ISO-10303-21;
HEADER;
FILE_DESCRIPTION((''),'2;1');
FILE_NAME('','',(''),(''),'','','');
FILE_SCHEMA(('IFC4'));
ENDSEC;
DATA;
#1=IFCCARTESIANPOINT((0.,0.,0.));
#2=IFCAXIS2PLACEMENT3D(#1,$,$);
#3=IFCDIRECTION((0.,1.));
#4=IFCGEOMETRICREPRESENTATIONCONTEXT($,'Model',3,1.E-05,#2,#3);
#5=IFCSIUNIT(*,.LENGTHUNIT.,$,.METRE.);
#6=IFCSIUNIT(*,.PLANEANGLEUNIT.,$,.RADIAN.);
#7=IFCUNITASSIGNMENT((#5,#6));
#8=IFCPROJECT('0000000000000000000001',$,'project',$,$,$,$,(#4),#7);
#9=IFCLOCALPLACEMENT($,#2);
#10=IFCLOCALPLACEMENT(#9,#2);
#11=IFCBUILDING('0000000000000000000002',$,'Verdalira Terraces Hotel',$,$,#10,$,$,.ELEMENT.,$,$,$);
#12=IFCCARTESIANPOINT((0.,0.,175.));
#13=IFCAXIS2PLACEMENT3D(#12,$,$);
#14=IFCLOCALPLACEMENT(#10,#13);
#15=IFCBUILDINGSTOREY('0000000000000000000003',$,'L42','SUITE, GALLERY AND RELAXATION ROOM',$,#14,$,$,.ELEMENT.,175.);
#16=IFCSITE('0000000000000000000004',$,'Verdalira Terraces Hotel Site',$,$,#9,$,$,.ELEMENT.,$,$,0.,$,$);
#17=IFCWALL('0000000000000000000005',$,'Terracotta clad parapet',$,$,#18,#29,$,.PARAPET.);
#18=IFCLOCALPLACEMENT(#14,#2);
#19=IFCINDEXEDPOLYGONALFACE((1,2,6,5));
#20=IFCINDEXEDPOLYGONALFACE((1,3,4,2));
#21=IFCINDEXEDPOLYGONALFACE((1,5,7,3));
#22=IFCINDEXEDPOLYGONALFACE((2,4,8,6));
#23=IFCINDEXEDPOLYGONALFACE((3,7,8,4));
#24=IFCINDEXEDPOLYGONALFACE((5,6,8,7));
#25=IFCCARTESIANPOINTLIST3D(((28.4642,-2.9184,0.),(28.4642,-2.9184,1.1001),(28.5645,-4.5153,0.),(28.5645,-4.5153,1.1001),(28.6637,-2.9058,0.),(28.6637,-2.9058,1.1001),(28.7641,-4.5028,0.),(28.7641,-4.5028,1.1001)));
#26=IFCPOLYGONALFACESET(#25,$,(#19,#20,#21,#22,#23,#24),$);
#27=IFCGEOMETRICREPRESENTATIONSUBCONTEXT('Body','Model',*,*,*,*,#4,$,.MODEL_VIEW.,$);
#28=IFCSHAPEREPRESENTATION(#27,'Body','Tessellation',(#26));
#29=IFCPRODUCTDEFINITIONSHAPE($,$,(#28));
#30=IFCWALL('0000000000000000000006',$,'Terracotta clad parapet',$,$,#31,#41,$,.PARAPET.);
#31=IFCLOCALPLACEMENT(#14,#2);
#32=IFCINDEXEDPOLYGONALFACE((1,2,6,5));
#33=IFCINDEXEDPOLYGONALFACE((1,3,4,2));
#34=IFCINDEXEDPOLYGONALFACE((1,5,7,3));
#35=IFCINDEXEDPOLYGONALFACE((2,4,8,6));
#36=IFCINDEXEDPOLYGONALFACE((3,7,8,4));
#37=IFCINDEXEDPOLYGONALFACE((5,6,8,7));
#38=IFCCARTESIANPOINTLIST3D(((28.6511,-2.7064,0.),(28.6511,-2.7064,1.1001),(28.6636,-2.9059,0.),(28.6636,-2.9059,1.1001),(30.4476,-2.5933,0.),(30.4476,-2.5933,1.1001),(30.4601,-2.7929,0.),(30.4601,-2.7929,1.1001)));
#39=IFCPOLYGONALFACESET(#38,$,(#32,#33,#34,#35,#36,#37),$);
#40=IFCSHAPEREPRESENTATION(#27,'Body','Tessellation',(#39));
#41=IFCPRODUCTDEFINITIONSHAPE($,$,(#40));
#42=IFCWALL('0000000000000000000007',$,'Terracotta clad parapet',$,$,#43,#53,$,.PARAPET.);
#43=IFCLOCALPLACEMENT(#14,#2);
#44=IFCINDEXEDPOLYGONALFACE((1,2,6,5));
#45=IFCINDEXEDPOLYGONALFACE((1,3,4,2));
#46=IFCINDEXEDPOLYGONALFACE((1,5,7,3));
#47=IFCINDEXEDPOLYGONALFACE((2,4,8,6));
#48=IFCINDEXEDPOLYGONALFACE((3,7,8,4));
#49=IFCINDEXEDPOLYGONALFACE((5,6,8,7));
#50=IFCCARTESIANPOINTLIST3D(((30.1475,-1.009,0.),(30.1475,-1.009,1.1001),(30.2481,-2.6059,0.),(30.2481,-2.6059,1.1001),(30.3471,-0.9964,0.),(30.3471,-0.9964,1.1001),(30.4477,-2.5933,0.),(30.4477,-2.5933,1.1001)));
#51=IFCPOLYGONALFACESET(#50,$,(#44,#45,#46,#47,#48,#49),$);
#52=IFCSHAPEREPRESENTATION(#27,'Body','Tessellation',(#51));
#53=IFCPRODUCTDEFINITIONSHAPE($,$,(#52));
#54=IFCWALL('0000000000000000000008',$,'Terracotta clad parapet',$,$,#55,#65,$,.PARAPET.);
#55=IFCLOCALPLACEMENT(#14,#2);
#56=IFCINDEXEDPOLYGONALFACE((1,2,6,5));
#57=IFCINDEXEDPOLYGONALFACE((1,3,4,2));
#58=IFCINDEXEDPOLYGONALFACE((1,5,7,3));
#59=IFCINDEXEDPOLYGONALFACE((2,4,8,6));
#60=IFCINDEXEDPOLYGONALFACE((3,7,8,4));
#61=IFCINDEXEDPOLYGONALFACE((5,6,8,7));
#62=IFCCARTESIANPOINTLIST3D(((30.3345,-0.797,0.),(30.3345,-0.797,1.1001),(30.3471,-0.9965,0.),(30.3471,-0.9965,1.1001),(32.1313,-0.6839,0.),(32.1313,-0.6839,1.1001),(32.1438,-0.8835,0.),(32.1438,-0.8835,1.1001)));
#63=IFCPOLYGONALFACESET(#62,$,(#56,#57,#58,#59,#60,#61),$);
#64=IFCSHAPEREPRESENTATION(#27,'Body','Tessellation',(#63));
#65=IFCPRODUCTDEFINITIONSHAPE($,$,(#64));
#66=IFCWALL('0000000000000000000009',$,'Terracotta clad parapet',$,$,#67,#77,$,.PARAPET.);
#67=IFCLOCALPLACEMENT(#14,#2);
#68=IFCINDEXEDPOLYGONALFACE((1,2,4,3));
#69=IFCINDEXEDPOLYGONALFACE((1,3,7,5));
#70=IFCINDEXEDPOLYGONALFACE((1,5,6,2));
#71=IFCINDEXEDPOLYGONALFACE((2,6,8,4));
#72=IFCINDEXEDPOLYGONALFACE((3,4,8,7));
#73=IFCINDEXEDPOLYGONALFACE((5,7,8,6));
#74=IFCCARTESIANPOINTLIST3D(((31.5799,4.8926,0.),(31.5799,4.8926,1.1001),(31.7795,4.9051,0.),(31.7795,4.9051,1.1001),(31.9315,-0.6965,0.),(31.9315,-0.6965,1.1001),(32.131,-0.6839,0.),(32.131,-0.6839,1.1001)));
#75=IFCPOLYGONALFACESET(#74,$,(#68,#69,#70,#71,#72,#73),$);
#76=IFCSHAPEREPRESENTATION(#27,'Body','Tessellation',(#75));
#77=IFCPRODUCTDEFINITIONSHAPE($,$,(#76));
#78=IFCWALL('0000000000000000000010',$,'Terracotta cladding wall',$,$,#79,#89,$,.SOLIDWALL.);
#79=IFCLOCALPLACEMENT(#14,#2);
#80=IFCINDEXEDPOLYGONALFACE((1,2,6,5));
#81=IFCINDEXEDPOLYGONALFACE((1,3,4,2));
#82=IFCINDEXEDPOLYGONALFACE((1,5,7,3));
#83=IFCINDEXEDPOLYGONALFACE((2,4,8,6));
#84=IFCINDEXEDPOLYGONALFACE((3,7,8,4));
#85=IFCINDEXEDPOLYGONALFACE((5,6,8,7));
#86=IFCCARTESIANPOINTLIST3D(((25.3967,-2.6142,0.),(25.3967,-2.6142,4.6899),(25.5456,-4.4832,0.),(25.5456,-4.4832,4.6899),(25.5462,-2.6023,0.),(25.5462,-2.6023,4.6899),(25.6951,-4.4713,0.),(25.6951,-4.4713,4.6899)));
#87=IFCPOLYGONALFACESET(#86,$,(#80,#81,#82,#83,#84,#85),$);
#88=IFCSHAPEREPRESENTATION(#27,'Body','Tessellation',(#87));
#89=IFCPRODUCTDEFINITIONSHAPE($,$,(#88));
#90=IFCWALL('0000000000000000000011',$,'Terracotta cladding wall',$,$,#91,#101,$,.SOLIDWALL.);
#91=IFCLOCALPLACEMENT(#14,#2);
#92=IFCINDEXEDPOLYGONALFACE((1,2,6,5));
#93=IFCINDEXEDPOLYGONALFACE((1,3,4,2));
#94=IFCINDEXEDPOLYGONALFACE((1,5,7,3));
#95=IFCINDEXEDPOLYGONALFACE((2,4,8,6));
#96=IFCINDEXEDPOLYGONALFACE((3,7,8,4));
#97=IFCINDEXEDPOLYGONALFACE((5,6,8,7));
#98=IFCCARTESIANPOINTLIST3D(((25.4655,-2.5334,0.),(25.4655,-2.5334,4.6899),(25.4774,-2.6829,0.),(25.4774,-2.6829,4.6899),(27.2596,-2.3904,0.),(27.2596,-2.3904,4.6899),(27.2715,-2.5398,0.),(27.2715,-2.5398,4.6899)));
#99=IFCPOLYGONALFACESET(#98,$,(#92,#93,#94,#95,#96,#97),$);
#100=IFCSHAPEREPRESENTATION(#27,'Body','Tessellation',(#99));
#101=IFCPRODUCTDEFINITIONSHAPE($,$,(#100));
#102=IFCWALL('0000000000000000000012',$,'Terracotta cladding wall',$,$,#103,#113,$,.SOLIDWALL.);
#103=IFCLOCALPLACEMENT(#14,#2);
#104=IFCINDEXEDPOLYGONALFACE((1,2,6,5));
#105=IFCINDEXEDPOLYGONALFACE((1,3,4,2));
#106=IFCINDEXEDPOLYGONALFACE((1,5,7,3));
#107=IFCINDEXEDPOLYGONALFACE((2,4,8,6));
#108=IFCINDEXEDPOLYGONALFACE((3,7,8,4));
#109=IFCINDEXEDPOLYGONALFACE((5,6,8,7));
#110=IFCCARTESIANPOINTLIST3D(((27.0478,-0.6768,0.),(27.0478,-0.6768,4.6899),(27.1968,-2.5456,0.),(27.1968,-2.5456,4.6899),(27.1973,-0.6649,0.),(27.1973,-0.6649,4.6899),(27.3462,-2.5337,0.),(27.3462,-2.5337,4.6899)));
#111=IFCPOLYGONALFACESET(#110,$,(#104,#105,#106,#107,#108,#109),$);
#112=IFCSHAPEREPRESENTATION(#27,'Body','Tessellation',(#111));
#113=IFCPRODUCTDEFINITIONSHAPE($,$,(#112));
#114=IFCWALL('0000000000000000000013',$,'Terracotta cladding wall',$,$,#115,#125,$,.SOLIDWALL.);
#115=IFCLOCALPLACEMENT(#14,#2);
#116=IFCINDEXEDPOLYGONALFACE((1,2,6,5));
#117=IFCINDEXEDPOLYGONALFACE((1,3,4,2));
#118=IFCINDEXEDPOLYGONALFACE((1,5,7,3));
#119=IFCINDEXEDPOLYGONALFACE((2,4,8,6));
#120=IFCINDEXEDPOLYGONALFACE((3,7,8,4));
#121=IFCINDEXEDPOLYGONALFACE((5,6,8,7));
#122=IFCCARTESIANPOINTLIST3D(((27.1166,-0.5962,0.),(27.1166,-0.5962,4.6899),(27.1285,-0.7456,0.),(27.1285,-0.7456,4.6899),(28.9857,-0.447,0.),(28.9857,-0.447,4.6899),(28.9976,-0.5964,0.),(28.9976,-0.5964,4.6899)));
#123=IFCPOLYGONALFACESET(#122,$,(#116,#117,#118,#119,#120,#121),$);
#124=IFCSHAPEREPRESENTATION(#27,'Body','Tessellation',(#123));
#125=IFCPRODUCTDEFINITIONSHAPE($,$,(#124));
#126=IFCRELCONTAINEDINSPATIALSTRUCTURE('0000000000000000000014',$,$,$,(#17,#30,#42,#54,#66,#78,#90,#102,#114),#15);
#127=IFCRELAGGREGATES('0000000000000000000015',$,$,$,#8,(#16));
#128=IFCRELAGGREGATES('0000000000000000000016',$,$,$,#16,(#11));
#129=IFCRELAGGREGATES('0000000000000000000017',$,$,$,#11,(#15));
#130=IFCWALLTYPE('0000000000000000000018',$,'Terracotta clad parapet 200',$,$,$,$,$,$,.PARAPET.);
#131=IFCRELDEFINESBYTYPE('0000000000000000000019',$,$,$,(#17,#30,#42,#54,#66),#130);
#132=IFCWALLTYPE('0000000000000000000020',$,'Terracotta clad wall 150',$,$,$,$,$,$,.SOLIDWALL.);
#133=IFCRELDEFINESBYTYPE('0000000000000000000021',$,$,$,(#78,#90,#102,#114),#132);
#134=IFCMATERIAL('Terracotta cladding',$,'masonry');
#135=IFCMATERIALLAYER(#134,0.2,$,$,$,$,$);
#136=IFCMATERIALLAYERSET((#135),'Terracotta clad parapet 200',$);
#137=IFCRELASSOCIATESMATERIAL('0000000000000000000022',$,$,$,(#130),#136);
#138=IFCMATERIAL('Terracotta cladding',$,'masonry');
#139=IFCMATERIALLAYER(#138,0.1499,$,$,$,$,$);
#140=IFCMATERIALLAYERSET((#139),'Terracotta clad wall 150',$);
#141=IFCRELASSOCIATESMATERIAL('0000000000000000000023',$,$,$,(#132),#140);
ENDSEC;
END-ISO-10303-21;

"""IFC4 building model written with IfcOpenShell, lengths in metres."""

from ifc_helpers import new_model, si_unit, direction, frame, frame_2d, origin, place, context, subcontext, project, spatial, rectangle, extrude, material, layer, layer_set, type_object, element, save


model = new_model("IFC4")

# Units and contexts
model_context = context("Model", 3, precision=1e-05, world=origin(), true_north=direction((0.0, 1.0)))
body_context = subcontext(model_context, "Body", "Model", "MODEL_VIEW")
ifc_project = project(units=[si_unit("LENGTHUNIT", "METRE"), si_unit("PLANEANGLEUNIT", "RADIAN")], contexts=[model_context])

# Site, building, storey
site_placement = place(None, origin())
site = spatial("IfcSite", under=ifc_project, at=site_placement, Name="Verdalira Terraces Hotel Site", CompositionType="ELEMENT", RefElevation=0.0)
building_placement = place(site_placement, origin())
building = spatial("IfcBuilding", under=site, at=building_placement, Name="Verdalira Terraces Hotel", CompositionType="ELEMENT")
storey_placement = place(building_placement, frame((0.0, 0.0, 175.0)))
storey = spatial("IfcBuildingStorey", under=building, at=storey_placement, Name="L42", Description="SUITE, GALLERY AND RELAXATION ROOM", CompositionType="ELEMENT", Elevation=175.0)

# Walls
ifc_material_1 = material(Name="Terracotta cladding", Category="masonry")
ifc_layer_1 = layer(ifc_material_1, 0.2)
ifc_layer_set_1 = layer_set([ifc_layer_1], Name="Terracotta clad parapet 200")
wall_type_1 = type_object("IfcWallType", Name="Terracotta clad parapet 200", PredefinedType="PARAPET", material=ifc_layer_set_1)
wall_1_placement = place(storey_placement, frame((28.6643, -4.509, 0.0), z_axis=(0.0, 0.0, 1.0), x_axis=(-0.062711, 0.998032, 0.0)))
element("IfcWall", 1, at=wall_1_placement, inside=storey, type_object=wall_type_1, Name="Terracotta clad parapet", PredefinedType="PARAPET", context=body_context, shape_type="SweptSolid", body=[
    extrude(rectangle(XDim=1.6001, YDim=0.2, at=frame_2d((0.8, 0.0))), origin(), (0.0, 0.0, 1.0), 1.1001),
])
wall_2_placement = place(storey_placement, frame((28.6575, -2.8062, 0.0), z_axis=(0.0, 0.0, 1.0), x_axis=(0.998026, 0.062801, 0.0)))
element("IfcWall", 2, at=wall_2_placement, inside=storey, type_object=wall_type_1, Name="Terracotta clad parapet", PredefinedType="PARAPET", context=body_context, shape_type="SweptSolid", body=[
    extrude(rectangle(XDim=1.8, YDim=0.2, at=frame_2d((0.8999, 0.0))), origin(), (0.0, 0.0, 1.0), 1.1001),
])
wall_3_placement = place(storey_placement, frame((30.3479, -2.5996, 0.0), z_axis=(0.0, 0.0, 1.0), x_axis=(-0.062863, 0.998022, 0.0)))
element("IfcWall", 3, at=wall_3_placement, inside=storey, type_object=wall_type_1, Name="Terracotta clad parapet", PredefinedType="PARAPET", context=body_context, shape_type="SweptSolid", body=[
    extrude(rectangle(XDim=1.6001, YDim=0.2, at=frame_2d((0.8, 0.0))), origin(), (0.0, 0.0, 1.0), 1.1001),
])
wall_4_placement = place(storey_placement, frame((30.3408, -0.8967, 0.0), z_axis=(0.0, 0.0, 1.0), x_axis=(0.998027, 0.062792, 0.0)))
element("IfcWall", 4, at=wall_4_placement, inside=storey, type_object=wall_type_1, Name="Terracotta clad parapet", PredefinedType="PARAPET", context=body_context, shape_type="SweptSolid", body=[
    extrude(rectangle(XDim=1.8003, YDim=0.2, at=frame_2d((0.9001, 0.0))), origin(), (0.0, 0.0, 1.0), 1.1001),
])
wall_5_placement = place(storey_placement, frame((32.0312, -0.6902, 0.0), z_axis=(0.0, 0.0, 1.0), x_axis=(-0.062777, 0.998028, 0.0)))
element("IfcWall", 5, at=wall_5_placement, inside=storey, type_object=wall_type_1, Name="Terracotta clad parapet", PredefinedType="PARAPET", context=body_context, shape_type="SweptSolid", body=[
    extrude(rectangle(XDim=5.6001, YDim=0.2, at=frame_2d((2.8, 0.0))), origin(), (0.0, 0.0, 1.0), 1.1001),
])
ifc_material_2 = material(Name="Terracotta cladding", Category="masonry")
ifc_layer_2 = layer(ifc_material_2, 0.1499)
ifc_layer_set_2 = layer_set([ifc_layer_2], Name="Terracotta clad wall 150")
wall_type_2 = type_object("IfcWallType", Name="Terracotta clad wall 150", PredefinedType="SOLIDWALL", material=ifc_layer_set_2)
wall_6_placement = place(storey_placement, frame((25.6204, -4.4773, 0.0), z_axis=(0.0, 0.0, 1.0), x_axis=(-0.079424, 0.996841, 0.0)))
element("IfcWall", 6, at=wall_6_placement, inside=storey, type_object=wall_type_2, Name="Terracotta cladding wall", PredefinedType="SOLIDWALL", context=body_context, shape_type="SweptSolid", body=[
    extrude(rectangle(XDim=1.875, YDim=0.1499, at=frame_2d((0.9375, 0.0))), origin(), (0.0, 0.0, 1.0), 4.6899),
])
wall_7_placement = place(storey_placement, frame((25.4714, -2.6082, 0.0), z_axis=(0.0, 0.0, 1.0), x_axis=(0.996836, 0.079486, 0.0)))
element("IfcWall", 7, at=wall_7_placement, inside=storey, type_object=wall_type_2, Name="Terracotta cladding wall", PredefinedType="SOLIDWALL", context=body_context, shape_type="SweptSolid", body=[
    extrude(rectangle(XDim=1.7998, YDim=0.1499, at=frame_2d((0.8999, 0.0))), origin(), (0.0, 0.0, 1.0), 4.6899),
])
wall_8_placement = place(storey_placement, frame((27.2715, -2.5398, 0.0), z_axis=(0.0, 0.0, 1.0), x_axis=(-0.079435, 0.99684, 0.0)))
element("IfcWall", 8, at=wall_8_placement, inside=storey, type_object=wall_type_2, Name="Terracotta cladding wall", PredefinedType="SOLIDWALL", context=body_context, shape_type="SweptSolid", body=[
    extrude(rectangle(XDim=1.8748, YDim=0.1499, at=frame_2d((0.9375, 0.0))), origin(), (0.0, 0.0, 1.0), 4.6899),
])
wall_9_placement = place(storey_placement, frame((27.1226, -0.6709, 0.0), z_axis=(0.0, 0.0, 1.0), x_axis=(0.996831, 0.079554, 0.0)))
element("IfcWall", 9, at=wall_9_placement, inside=storey, type_object=wall_type_2, Name="Terracotta cladding wall", PredefinedType="SOLIDWALL", context=body_context, shape_type="SweptSolid", body=[
    extrude(rectangle(XDim=1.875, YDim=0.1499, at=frame_2d((0.9375, 0.0))), origin(), (0.0, 0.0, 1.0), 4.6899),
])

save(model, "model.ifc")
